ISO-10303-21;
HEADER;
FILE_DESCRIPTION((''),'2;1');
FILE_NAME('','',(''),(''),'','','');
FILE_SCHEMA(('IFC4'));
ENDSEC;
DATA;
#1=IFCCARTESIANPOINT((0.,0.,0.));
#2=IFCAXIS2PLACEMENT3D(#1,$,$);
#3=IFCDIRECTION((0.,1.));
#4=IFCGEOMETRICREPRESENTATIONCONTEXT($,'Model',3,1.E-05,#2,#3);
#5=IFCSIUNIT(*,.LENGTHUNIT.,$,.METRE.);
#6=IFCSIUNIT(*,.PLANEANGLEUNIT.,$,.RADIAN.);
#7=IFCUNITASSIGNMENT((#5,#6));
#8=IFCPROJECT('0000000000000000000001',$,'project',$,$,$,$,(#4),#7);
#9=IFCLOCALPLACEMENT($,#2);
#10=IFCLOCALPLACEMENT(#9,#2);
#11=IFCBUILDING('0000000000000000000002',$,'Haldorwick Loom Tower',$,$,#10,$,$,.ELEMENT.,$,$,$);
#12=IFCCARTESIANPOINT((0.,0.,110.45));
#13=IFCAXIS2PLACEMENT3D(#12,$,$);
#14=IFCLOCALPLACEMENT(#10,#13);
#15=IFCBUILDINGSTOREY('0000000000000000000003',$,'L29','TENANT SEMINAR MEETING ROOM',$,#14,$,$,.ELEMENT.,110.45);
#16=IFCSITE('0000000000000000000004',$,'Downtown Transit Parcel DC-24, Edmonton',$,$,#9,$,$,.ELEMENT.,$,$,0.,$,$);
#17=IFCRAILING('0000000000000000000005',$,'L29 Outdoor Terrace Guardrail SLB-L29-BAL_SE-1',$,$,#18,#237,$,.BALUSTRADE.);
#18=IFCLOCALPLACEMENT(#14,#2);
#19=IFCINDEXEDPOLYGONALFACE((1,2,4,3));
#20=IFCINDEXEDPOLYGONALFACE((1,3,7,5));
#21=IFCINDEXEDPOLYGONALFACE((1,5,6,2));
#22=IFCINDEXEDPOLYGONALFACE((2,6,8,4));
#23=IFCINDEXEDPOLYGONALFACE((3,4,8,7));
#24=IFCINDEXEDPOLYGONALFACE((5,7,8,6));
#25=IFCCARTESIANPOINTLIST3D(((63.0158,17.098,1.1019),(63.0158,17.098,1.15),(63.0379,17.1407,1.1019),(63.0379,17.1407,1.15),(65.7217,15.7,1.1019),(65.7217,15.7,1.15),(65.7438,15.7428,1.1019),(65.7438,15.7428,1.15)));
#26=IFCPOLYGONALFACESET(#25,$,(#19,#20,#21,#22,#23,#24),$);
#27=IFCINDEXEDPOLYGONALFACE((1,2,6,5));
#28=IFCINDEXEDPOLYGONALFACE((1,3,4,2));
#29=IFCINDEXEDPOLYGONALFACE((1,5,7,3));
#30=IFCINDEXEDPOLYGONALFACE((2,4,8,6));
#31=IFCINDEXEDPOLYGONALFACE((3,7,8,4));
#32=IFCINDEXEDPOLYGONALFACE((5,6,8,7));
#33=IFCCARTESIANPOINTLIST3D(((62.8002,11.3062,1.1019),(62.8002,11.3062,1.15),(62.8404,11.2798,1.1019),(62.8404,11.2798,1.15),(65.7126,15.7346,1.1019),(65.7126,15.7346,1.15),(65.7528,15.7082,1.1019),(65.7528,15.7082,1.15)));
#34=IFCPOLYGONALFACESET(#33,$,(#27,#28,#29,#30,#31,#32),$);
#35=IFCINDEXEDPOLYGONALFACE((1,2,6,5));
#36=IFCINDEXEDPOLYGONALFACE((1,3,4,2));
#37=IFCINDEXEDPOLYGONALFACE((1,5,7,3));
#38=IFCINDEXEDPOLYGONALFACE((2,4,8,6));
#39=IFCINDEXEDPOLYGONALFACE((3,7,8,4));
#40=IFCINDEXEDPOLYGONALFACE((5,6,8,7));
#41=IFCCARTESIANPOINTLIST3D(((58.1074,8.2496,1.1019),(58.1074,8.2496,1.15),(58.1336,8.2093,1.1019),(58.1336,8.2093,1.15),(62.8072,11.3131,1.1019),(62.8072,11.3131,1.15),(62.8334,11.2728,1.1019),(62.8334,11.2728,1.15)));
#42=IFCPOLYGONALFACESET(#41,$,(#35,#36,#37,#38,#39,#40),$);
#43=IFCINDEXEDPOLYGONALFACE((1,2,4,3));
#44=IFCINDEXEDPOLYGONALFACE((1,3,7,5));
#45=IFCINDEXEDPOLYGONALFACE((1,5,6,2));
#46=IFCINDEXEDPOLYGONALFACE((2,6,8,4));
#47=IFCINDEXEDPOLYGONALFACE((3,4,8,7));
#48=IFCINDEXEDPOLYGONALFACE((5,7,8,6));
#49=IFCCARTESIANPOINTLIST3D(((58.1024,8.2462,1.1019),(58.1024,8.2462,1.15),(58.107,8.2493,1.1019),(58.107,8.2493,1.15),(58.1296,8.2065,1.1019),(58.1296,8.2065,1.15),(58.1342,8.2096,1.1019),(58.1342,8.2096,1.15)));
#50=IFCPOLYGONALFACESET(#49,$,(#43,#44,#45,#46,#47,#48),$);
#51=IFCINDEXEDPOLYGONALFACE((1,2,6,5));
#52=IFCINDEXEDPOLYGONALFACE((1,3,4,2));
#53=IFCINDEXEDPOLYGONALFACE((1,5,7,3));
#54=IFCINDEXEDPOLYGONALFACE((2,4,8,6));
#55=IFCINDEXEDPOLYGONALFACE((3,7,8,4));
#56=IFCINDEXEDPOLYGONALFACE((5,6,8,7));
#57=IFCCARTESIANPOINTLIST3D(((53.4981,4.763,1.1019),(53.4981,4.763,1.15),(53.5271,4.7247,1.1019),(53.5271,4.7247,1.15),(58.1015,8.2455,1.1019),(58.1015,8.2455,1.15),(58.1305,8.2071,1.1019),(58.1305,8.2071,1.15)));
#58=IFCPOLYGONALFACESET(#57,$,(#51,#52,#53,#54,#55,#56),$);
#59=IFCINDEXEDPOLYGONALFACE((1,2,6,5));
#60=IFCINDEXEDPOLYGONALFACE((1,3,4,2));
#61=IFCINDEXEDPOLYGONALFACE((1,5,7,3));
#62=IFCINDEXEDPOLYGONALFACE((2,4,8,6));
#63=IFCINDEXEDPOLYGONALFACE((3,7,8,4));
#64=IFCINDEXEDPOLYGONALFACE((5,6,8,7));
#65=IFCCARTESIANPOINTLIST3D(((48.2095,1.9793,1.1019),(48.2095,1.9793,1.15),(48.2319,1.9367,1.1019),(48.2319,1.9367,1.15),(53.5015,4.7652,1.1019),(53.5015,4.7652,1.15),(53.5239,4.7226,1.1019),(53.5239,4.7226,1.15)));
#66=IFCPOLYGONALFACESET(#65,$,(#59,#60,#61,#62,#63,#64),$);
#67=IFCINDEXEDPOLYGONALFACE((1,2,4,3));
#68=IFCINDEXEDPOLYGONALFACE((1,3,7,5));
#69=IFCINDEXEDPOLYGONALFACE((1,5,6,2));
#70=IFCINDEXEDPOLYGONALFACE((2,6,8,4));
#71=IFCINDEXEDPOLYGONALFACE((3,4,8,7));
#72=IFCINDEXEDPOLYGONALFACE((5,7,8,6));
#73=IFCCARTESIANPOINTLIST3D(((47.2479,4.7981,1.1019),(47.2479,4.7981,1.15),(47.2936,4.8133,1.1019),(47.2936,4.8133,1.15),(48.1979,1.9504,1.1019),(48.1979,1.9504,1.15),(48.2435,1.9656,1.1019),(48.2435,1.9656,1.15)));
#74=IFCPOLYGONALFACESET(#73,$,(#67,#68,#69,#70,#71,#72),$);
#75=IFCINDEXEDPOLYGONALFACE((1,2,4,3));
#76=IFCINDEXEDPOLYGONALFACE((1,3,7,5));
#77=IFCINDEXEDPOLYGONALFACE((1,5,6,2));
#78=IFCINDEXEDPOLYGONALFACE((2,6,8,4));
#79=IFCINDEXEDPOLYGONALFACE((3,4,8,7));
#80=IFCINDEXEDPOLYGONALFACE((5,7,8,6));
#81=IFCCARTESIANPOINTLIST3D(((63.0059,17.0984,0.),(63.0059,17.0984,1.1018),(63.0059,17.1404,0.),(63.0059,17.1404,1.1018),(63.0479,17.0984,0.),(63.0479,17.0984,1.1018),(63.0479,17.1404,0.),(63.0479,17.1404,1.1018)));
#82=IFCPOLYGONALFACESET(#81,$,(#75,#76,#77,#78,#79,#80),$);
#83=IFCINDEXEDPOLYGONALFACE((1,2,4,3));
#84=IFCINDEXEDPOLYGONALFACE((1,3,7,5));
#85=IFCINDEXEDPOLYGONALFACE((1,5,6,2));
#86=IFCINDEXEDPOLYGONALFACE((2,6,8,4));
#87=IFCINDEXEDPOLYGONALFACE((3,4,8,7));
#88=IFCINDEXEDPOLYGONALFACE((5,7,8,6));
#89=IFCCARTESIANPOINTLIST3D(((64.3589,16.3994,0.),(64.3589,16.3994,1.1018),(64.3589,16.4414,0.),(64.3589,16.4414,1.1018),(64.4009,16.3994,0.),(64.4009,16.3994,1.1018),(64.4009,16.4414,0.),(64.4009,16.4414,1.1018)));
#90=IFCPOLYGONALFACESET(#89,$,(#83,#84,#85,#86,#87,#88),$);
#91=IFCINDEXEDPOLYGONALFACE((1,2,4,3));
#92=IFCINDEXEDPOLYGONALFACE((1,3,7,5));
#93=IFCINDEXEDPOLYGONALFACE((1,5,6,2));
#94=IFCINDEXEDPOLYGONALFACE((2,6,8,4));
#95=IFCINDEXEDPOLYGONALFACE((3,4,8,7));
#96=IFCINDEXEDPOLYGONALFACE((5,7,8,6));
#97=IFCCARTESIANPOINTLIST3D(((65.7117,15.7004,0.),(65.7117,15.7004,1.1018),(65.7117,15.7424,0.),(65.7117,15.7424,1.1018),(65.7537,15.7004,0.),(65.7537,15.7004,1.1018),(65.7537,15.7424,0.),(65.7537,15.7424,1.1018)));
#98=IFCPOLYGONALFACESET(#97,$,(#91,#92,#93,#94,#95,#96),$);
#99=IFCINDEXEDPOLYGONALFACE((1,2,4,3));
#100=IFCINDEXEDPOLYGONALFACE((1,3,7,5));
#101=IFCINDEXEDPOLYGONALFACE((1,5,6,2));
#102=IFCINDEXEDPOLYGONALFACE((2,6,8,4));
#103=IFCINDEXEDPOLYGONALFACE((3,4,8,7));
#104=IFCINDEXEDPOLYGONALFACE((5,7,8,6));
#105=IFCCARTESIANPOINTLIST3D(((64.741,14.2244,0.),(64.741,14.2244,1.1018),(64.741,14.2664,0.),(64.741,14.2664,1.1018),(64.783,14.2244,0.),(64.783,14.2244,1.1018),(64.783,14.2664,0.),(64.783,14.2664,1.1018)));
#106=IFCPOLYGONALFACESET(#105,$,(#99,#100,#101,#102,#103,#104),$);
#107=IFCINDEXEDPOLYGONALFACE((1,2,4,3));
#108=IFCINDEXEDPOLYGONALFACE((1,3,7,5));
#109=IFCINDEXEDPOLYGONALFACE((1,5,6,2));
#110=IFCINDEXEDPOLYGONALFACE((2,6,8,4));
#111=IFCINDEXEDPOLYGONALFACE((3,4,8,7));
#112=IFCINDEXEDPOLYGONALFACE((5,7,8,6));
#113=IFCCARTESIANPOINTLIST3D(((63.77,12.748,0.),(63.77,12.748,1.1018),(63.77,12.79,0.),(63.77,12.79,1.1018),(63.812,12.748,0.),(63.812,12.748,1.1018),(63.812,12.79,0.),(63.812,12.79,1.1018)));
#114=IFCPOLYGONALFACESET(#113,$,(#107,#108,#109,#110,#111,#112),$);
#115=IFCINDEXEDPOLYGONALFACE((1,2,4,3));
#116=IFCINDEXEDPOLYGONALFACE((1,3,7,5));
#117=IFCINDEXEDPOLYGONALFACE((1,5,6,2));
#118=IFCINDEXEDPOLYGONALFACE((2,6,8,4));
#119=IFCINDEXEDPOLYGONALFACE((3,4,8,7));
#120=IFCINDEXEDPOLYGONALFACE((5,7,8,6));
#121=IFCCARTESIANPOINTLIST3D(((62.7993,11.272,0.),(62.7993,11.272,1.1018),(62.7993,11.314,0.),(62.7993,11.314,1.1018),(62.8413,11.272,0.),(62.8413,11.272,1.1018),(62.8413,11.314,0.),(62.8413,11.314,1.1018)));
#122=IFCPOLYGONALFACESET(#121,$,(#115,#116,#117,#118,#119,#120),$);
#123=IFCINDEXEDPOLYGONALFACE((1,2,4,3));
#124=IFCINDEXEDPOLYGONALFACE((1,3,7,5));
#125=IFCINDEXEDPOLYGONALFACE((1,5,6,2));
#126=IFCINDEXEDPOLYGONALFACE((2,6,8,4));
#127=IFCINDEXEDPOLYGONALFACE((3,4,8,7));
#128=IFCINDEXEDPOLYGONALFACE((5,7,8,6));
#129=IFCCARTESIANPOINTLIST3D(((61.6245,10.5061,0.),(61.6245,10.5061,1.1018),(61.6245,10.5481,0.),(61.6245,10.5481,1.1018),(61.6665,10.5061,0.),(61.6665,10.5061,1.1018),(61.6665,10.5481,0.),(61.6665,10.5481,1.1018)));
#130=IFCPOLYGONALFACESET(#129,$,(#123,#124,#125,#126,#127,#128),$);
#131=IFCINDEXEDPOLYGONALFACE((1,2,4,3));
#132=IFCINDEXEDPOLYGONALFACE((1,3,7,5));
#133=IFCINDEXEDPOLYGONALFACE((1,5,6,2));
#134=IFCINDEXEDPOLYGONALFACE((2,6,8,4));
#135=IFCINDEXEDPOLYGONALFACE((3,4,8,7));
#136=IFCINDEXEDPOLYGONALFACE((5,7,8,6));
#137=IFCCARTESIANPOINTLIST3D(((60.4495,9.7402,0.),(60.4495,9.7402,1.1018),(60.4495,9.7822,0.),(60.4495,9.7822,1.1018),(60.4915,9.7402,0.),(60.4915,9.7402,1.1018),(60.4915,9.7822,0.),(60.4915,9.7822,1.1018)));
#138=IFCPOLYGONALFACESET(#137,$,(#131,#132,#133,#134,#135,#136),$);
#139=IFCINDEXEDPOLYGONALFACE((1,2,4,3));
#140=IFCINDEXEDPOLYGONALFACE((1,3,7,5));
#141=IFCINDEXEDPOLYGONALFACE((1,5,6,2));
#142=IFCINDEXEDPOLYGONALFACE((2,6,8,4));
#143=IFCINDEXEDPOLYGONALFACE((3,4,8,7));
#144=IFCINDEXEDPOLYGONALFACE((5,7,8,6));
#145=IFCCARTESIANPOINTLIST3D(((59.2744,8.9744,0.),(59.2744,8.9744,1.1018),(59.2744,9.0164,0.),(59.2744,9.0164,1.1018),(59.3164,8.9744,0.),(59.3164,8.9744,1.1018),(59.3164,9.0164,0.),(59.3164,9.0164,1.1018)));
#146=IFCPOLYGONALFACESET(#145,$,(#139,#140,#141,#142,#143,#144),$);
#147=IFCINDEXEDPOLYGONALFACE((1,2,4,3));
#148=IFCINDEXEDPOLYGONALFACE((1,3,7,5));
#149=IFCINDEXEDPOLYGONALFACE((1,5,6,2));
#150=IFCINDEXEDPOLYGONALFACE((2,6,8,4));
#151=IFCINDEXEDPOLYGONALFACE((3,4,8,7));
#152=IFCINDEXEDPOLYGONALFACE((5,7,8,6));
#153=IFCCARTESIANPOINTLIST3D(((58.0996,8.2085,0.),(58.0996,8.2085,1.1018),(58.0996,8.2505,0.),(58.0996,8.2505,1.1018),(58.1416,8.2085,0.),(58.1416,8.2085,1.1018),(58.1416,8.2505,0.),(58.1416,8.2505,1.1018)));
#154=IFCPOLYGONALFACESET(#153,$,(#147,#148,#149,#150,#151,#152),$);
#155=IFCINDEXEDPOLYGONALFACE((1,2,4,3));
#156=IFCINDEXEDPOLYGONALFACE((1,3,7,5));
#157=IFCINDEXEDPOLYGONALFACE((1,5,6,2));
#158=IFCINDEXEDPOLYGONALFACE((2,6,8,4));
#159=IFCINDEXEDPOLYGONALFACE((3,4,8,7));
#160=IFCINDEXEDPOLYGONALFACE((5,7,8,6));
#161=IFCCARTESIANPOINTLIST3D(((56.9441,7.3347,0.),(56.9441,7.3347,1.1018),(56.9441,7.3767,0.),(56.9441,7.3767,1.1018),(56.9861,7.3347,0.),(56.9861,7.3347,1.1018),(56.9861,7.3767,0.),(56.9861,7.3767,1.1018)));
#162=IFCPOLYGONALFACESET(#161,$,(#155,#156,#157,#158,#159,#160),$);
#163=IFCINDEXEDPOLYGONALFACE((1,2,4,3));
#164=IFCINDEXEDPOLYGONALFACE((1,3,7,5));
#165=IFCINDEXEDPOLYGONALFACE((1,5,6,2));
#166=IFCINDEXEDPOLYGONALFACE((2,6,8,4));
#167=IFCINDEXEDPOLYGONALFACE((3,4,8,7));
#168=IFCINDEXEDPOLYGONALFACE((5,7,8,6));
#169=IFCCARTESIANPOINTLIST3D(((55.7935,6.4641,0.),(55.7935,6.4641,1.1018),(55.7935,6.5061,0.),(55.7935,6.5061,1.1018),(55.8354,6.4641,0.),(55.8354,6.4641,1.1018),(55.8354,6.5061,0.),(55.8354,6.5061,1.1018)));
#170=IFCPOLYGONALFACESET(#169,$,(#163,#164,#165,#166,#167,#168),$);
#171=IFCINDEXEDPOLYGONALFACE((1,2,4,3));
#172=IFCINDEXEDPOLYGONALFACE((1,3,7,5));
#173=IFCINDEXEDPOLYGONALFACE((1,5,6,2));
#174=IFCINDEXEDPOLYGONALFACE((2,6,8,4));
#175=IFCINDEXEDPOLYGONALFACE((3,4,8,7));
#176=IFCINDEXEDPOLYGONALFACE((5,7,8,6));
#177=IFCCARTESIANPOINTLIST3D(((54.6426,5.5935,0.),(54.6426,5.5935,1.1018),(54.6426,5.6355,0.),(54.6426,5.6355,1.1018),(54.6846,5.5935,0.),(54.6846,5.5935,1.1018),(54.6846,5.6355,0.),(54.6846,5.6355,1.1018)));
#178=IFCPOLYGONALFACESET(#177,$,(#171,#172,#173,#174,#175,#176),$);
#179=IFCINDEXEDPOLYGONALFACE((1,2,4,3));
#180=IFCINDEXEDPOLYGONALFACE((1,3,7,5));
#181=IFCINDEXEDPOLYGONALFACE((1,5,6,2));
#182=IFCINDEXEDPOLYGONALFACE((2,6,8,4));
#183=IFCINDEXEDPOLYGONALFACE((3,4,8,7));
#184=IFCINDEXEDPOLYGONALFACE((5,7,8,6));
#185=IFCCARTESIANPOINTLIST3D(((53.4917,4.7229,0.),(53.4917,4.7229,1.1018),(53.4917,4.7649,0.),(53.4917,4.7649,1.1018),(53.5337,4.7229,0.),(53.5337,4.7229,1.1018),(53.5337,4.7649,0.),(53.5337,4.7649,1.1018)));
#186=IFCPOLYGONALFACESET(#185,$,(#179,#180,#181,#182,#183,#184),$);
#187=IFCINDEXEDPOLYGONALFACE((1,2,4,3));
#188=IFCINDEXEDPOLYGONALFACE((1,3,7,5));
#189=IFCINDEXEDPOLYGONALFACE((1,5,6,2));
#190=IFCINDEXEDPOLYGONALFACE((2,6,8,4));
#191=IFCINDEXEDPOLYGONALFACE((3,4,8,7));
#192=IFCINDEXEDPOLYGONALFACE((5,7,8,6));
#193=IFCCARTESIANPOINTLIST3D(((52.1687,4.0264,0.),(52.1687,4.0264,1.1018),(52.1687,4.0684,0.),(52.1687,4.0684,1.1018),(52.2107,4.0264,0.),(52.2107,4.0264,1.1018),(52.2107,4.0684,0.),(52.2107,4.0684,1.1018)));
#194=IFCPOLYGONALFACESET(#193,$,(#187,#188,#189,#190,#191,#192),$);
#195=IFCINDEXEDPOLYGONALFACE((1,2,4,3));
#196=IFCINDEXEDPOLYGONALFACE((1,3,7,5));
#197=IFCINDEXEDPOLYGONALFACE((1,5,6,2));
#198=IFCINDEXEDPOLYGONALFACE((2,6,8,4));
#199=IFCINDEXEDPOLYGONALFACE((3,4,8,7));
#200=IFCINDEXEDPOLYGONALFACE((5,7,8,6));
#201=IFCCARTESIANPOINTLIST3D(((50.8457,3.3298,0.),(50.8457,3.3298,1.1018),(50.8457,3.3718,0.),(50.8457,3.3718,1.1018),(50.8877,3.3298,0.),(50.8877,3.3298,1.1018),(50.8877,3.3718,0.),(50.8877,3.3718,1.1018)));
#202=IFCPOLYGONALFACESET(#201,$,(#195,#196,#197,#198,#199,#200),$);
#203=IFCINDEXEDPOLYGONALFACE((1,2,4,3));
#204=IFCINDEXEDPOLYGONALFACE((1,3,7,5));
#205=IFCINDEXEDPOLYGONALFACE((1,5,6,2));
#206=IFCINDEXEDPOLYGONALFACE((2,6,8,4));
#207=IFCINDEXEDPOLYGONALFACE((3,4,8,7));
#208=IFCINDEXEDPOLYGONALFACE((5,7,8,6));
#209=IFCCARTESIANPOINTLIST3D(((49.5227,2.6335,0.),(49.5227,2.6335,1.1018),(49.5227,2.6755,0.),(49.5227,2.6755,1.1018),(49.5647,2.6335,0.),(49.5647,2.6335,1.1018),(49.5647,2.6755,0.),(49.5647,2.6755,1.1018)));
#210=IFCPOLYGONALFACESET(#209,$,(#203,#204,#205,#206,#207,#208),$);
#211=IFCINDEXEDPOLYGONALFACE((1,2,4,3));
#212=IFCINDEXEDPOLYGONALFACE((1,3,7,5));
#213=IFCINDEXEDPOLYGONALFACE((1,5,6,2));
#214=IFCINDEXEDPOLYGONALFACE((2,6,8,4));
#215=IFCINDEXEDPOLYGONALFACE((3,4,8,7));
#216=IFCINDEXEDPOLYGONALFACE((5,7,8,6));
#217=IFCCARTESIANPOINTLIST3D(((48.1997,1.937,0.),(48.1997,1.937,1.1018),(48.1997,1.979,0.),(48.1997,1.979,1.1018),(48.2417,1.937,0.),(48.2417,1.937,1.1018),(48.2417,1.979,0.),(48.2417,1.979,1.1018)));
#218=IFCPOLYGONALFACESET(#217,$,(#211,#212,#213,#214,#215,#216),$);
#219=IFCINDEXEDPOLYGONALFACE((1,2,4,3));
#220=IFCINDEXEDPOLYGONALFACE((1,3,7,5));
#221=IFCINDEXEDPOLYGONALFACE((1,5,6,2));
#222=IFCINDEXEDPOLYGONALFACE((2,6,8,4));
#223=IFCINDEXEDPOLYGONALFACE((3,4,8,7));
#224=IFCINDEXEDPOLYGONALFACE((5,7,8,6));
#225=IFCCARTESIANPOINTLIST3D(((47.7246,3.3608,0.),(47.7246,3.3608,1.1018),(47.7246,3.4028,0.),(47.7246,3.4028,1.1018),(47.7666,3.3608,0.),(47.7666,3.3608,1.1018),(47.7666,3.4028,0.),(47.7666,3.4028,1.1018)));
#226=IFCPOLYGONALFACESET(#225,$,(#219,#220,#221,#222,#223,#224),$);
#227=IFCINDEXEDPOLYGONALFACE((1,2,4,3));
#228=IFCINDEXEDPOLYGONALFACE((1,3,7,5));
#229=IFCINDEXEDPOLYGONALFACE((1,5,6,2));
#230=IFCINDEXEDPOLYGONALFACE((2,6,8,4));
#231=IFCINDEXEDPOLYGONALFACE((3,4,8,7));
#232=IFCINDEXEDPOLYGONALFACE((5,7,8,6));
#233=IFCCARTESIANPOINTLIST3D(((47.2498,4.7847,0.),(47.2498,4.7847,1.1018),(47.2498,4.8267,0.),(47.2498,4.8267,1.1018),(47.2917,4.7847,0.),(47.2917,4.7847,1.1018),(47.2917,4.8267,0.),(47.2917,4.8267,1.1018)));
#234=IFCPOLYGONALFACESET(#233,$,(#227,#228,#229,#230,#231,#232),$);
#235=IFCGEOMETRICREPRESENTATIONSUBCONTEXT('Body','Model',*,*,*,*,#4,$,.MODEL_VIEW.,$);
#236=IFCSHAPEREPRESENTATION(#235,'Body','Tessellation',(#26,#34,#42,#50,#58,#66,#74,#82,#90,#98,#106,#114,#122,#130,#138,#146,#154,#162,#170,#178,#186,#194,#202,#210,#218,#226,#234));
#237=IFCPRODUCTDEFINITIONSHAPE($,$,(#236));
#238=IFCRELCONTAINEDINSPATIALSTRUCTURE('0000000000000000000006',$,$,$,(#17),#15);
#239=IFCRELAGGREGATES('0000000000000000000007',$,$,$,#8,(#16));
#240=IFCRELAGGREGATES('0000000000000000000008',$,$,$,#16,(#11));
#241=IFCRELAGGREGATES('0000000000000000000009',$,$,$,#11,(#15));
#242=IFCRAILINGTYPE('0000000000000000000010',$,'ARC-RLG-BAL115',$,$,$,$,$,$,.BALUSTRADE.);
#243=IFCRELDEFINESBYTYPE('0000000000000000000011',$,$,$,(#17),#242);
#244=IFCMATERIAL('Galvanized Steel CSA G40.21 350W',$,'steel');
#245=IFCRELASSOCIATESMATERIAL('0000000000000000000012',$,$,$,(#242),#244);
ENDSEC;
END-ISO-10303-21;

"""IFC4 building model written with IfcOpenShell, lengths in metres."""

from ifc_helpers import new_model, si_unit, direction, frame, origin, origin_2d, place, context, subcontext, project, spatial, rectangle, extrude, material, type_object, element, save


model = new_model("IFC4")

# Units and contexts
model_context = context("Model", 3, precision=1e-05, world=origin(), true_north=direction((0.0, 1.0)))
body_context = subcontext(model_context, "Body", "Model", "MODEL_VIEW")
ifc_project = project(units=[si_unit("LENGTHUNIT", "METRE"), si_unit("PLANEANGLEUNIT", "RADIAN")], contexts=[model_context])

# Site, building, storey
site_placement = place(None, origin())
site = spatial("IfcSite", under=ifc_project, at=site_placement, Name="Downtown Transit Parcel DC-24, Edmonton", CompositionType="ELEMENT", RefElevation=0.0)
building_placement = place(site_placement, origin())
building = spatial("IfcBuilding", under=site, at=building_placement, Name="Haldorwick Loom Tower", CompositionType="ELEMENT")
storey_placement = place(building_placement, frame((0.0, 0.0, 110.45)))
storey = spatial("IfcBuildingStorey", under=building, at=storey_placement, Name="L29", Description="TENANT SEMINAR MEETING ROOM", CompositionType="ELEMENT", Elevation=110.45)

# Railing
ifc_material_1 = material(Name="Galvanized Steel CSA G40.21 350W", Category="steel")
railing_type = type_object("IfcRailingType", Name="ARC-RLG-BAL115", PredefinedType="BALUSTRADE", material=ifc_material_1)
railing_placement = place(storey_placement, frame((63.0269, 17.1194, 0.0)))
element("IfcRailing", 1, at=railing_placement, inside=storey, type_object=railing_type, Name="L29 Outdoor Terrace Guardrail SLB-L29-BAL_SE-1", PredefinedType="BALUSTRADE", context=body_context, shape_type="SweptSolid", body=[
    extrude(rectangle(XDim=0.0481, YDim=0.0481, at=origin_2d()), frame((0.0, 0.0, 1.126), z_axis=(0.888433, -0.459006, 0.0), x_axis=(0.459006, 0.888433, 0.0)), (0.0, 0.0, 1.0), 3.0457),
    extrude(rectangle(XDim=0.0481, YDim=0.0481, at=origin_2d()), frame((2.7058, -1.3979, 1.126), z_axis=(-0.54947, -0.835513, 0.0), x_axis=(0.835513, -0.54947, 0.0)), (0.0, 0.0, 1.0), 5.3003),
    extrude(rectangle(XDim=0.0481, YDim=0.0481, at=origin_2d()), frame((-0.2065, -5.8264, 1.126), z_axis=(-0.837737, -0.546074, 0.0), x_axis=(0.546074, -0.837737, 0.0)), (0.0, 0.0, 1.0), 5.6101),
    extrude(rectangle(XDim=0.0481, YDim=0.0481, at=origin_2d()), frame((-4.9062, -8.8899, 1.126), z_axis=(-0.825307, -0.564684, 0.0), x_axis=(0.564684, -0.825307, 0.0)), (0.0, 0.0, 1.0), 0.0056),
    extrude(rectangle(XDim=0.0481, YDim=0.0481, at=origin_2d()), frame((-4.9109, -8.8931, 1.126), z_axis=(-0.797501, -0.603318, 0.0), x_axis=(0.603318, -0.797501, 0.0)), (0.0, 0.0, 1.0), 5.7722),
    extrude(rectangle(XDim=0.0481, YDim=0.0481, at=origin_2d()), frame((-9.5142, -12.3755, 1.126), z_axis=(-0.884875, -0.465829, 0.0), x_axis=(0.465829, -0.884875, 0.0)), (0.0, 0.0, 1.0), 5.9805),
    extrude(rectangle(XDim=0.0481, YDim=0.0481, at=origin_2d()), frame((-14.8062, -15.1614, 1.126), z_axis=(-0.316447, 0.94861, 0.0), x_axis=(-0.94861, -0.316447, 0.0)), (0.0, 0.0, 1.0), 3.002),
    extrude(rectangle(XDim=0.042, YDim=0.042, at=origin_2d()), origin(), (0.0, 0.0, 1.0), 1.1018),
    extrude(rectangle(XDim=0.042, YDim=0.042, at=origin_2d()), frame((1.353, -0.699, 0.0)), (0.0, 0.0, 1.0), 1.1018),
    extrude(rectangle(XDim=0.042, YDim=0.042, at=origin_2d()), frame((2.7058, -1.3979, 0.0)), (0.0, 0.0, 1.0), 1.1018),
    extrude(rectangle(XDim=0.042, YDim=0.042, at=origin_2d()), frame((1.7351, -2.874, 0.0)), (0.0, 0.0, 1.0), 1.1018),
    extrude(rectangle(XDim=0.042, YDim=0.042, at=origin_2d()), frame((0.7642, -4.3503, 0.0)), (0.0, 0.0, 1.0), 1.1018),
    extrude(rectangle(XDim=0.042, YDim=0.042, at=origin_2d()), frame((-0.2065, -5.8264, 0.0)), (0.0, 0.0, 1.0), 1.1018),
    extrude(rectangle(XDim=0.042, YDim=0.042, at=origin_2d()), frame((-1.3813, -6.5923, 0.0)), (0.0, 0.0, 1.0), 1.1018),
    extrude(rectangle(XDim=0.042, YDim=0.042, at=origin_2d()), frame((-2.5564, -7.3582, 0.0)), (0.0, 0.0, 1.0), 1.1018),
    extrude(rectangle(XDim=0.042, YDim=0.042, at=origin_2d()), frame((-3.7314, -8.124, 0.0)), (0.0, 0.0, 1.0), 1.1018),
    extrude(rectangle(XDim=0.042, YDim=0.042, at=origin_2d()), frame((-4.9062, -8.8899, 0.0)), (0.0, 0.0, 1.0), 1.1018),
    extrude(rectangle(XDim=0.042, YDim=0.042, at=origin_2d()), frame((-6.0618, -9.7637, 0.0)), (0.0, 0.0, 1.0), 1.1018),
    extrude(rectangle(XDim=0.042, YDim=0.042, at=origin_2d()), frame((-7.2124, -10.6343, 0.0)), (0.0, 0.0, 1.0), 1.1018),
    extrude(rectangle(XDim=0.042, YDim=0.042, at=origin_2d()), frame((-8.3633, -11.5049, 0.0)), (0.0, 0.0, 1.0), 1.1018),
    extrude(rectangle(XDim=0.042, YDim=0.042, at=origin_2d()), frame((-9.5142, -12.3755, 0.0)), (0.0, 0.0, 1.0), 1.1018),
    extrude(rectangle(XDim=0.042, YDim=0.042, at=origin_2d()), frame((-10.8372, -13.072, 0.0)), (0.0, 0.0, 1.0), 1.1018),
    extrude(rectangle(XDim=0.042, YDim=0.042, at=origin_2d()), frame((-12.1602, -13.7686, 0.0)), (0.0, 0.0, 1.0), 1.1018),
    extrude(rectangle(XDim=0.042, YDim=0.042, at=origin_2d()), frame((-13.4832, -14.4648, 0.0)), (0.0, 0.0, 1.0), 1.1018),
    extrude(rectangle(XDim=0.042, YDim=0.042, at=origin_2d()), frame((-14.8062, -15.1614, 0.0)), (0.0, 0.0, 1.0), 1.1018),
    extrude(rectangle(XDim=0.042, YDim=0.042, at=origin_2d()), frame((-15.2812, -13.7375, 0.0)), (0.0, 0.0, 1.0), 1.1018),
    extrude(rectangle(XDim=0.042, YDim=0.042, at=origin_2d()), frame((-15.7561, -12.3137, 0.0)), (0.0, 0.0, 1.0), 1.1018),
])

save(model, "model.ifc")
